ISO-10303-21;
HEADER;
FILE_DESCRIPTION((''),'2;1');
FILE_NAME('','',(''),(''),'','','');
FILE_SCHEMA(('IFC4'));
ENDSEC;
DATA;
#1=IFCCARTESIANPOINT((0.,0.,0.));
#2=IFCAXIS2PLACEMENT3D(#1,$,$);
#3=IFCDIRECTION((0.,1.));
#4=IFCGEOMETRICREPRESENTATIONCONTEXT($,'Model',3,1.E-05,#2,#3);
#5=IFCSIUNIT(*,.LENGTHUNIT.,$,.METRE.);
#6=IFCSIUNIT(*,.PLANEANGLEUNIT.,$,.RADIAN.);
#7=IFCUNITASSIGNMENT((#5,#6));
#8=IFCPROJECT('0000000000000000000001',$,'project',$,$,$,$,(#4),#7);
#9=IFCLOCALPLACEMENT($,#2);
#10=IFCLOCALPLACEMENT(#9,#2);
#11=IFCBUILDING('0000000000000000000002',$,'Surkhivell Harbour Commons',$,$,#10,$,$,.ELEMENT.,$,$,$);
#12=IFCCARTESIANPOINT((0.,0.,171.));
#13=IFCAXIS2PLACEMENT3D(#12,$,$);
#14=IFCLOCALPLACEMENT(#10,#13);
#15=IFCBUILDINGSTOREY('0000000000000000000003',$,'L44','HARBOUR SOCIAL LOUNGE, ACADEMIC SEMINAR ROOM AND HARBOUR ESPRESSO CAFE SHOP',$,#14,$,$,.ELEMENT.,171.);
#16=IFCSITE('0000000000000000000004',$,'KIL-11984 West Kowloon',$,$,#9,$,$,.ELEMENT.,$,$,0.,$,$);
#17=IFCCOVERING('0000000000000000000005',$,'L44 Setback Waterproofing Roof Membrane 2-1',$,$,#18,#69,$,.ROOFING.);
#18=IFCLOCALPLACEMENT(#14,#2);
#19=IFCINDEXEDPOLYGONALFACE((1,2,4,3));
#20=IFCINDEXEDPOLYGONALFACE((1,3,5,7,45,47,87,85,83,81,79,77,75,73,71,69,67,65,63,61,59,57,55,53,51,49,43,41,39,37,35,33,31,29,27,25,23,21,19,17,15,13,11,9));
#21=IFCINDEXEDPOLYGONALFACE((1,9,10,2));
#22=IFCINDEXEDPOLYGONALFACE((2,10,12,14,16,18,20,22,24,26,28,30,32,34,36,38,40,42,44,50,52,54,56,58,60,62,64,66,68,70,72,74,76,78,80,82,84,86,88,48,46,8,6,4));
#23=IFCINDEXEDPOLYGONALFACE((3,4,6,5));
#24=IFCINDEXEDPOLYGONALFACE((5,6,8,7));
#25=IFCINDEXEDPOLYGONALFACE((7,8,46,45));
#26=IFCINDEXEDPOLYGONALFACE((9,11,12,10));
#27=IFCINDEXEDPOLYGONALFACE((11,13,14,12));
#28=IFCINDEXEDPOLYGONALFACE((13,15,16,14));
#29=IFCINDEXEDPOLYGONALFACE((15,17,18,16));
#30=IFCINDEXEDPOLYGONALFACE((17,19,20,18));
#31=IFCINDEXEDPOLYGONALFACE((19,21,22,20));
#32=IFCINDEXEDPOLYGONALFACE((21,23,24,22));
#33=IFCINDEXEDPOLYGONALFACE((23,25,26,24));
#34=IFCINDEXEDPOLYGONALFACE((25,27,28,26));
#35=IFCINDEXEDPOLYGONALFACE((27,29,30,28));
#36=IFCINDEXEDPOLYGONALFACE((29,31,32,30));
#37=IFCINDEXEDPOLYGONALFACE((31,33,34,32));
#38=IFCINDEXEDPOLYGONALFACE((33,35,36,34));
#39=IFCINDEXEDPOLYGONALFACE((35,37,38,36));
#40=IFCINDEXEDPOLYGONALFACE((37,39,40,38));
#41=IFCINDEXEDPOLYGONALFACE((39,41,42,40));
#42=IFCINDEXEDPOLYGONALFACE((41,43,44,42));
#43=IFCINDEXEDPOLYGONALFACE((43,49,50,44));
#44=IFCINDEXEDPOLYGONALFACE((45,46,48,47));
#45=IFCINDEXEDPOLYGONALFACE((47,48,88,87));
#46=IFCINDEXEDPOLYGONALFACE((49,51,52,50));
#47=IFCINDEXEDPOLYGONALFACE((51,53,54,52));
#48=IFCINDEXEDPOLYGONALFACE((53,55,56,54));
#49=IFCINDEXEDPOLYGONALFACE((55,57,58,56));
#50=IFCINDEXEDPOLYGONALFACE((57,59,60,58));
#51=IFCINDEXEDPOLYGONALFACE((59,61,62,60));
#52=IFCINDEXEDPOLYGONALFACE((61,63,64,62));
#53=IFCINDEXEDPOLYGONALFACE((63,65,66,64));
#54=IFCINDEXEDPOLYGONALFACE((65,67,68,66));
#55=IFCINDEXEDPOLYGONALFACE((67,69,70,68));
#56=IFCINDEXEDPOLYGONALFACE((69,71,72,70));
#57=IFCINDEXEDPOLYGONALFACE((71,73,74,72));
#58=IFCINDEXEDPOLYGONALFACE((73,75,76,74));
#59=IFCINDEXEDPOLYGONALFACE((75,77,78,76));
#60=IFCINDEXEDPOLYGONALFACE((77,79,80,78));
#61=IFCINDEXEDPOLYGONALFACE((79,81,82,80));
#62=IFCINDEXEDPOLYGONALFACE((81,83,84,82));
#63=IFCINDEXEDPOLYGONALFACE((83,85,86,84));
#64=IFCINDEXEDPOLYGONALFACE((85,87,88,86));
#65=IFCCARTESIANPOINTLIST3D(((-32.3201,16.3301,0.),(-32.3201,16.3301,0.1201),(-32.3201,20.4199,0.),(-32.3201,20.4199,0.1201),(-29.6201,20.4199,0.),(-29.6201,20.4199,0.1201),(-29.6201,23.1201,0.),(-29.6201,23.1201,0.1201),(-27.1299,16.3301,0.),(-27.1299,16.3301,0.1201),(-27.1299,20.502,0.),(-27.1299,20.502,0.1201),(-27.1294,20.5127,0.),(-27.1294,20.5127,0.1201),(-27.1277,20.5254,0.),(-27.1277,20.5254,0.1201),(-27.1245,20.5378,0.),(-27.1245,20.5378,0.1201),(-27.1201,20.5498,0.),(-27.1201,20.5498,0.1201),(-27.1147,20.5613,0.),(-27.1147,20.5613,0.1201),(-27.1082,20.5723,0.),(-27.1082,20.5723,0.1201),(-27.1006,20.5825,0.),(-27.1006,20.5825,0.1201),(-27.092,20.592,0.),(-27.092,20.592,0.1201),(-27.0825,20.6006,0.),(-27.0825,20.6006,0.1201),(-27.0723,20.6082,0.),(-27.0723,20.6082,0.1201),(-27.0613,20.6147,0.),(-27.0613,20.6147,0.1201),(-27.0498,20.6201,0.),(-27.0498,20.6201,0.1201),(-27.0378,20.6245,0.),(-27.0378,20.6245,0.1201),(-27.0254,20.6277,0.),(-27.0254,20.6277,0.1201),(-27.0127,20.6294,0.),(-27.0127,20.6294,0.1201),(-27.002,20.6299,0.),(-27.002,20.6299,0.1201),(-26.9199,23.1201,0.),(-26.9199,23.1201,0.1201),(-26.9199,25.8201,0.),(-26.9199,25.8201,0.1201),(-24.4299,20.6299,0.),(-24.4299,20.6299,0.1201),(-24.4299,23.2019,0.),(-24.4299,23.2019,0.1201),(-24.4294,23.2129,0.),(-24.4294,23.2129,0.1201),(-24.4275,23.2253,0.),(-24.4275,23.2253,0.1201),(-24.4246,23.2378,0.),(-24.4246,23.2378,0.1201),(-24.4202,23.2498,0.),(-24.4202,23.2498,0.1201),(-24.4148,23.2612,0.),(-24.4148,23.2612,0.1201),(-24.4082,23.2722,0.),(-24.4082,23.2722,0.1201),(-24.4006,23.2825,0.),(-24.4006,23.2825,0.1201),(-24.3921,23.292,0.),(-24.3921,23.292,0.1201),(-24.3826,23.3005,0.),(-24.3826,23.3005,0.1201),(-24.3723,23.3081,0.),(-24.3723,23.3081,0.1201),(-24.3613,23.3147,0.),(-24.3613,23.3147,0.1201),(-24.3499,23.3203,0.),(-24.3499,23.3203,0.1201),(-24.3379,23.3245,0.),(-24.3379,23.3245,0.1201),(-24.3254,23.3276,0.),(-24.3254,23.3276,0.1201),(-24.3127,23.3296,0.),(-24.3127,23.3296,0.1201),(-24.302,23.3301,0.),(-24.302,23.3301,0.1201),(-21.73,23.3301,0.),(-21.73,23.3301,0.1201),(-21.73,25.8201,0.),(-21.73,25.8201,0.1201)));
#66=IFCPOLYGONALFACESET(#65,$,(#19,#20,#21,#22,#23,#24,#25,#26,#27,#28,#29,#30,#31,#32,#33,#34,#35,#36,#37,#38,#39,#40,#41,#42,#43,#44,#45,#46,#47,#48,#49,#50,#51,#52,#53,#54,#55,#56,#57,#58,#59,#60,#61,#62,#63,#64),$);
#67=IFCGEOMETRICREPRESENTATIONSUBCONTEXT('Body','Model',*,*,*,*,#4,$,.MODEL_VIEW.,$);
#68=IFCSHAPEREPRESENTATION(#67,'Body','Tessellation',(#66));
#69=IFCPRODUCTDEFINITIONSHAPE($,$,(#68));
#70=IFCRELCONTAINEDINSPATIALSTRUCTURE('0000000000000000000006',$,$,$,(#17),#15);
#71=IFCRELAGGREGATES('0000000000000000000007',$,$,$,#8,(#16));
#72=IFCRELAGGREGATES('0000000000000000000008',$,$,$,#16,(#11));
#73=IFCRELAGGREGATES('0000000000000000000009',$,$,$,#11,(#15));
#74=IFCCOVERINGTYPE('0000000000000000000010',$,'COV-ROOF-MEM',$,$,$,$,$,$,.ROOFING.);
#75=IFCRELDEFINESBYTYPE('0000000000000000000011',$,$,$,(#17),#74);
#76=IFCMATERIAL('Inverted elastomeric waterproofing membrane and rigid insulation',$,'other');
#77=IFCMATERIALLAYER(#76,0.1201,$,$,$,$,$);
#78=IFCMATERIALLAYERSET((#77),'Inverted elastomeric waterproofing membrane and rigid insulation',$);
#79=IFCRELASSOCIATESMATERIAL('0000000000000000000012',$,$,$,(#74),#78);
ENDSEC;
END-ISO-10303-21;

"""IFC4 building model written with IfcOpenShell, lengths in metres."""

from ifc_helpers import new_model, si_unit, direction, frame, origin, place, context, subcontext, project, spatial, polyline, outline, extrude, material, layer, layer_set, type_object, element, save


model = new_model("IFC4")

# Units and contexts
model_context = context("Model", 3, precision=1e-05, world=origin(), true_north=direction((0.0, 1.0)))
body_context = subcontext(model_context, "Body", "Model", "MODEL_VIEW")
ifc_project = project(units=[si_unit("LENGTHUNIT", "METRE"), si_unit("PLANEANGLEUNIT", "RADIAN")], contexts=[model_context])

# Site, building, storey
site_placement = place(None, origin())
site = spatial("IfcSite", under=ifc_project, at=site_placement, Name="KIL-11984 West Kowloon", CompositionType="ELEMENT", RefElevation=0.0)
building_placement = place(site_placement, origin())
building = spatial("IfcBuilding", under=site, at=building_placement, Name="Surkhivell Harbour Commons", CompositionType="ELEMENT")
storey_placement = place(building_placement, frame((0.0, 0.0, 171.0)))
storey = spatial("IfcBuildingStorey", under=building, at=storey_placement, Name="L44", Description="HARBOUR SOCIAL LOUNGE, ACADEMIC SEMINAR ROOM AND HARBOUR ESPRESSO CAFE SHOP", CompositionType="ELEMENT", Elevation=171.0)

# Covering
ifc_material_1 = material(Name="Inverted elastomeric waterproofing membrane and rigid insulation", Category="other")
ifc_layer_1 = layer(ifc_material_1, 0.1201)
ifc_layer_set_1 = layer_set([ifc_layer_1], Name="Inverted elastomeric waterproofing membrane and rigid insulation")
covering_type_1 = type_object("IfcCoveringType", Name="COV-ROOF-MEM", PredefinedType="ROOFING", material=ifc_layer_set_1)
covering_1_placement = place(storey_placement, origin())
element("IfcCovering", 1, at=covering_1_placement, inside=storey, type_object=covering_type_1, Name="L44 Setback Waterproofing Roof Membrane 2-1", PredefinedType="ROOFING", context=body_context, shape_type="SweptSolid", body=[
    extrude(outline(polyline([(-32.3201, 16.3301), (-27.1299, 16.3301), (-27.1299, 20.502), (-27.1294, 20.5127), (-27.1277, 20.5254), (-27.1245, 20.5378), (-27.1201, 20.5498), (-27.1147, 20.5613), (-27.1082, 20.5723), (-27.1006, 20.5825), (-27.092, 20.592), (-27.0825, 20.6006), (-27.0723, 20.6082), (-27.0613, 20.6147), (-27.0498, 20.6201), (-27.0378, 20.6245), (-27.0254, 20.6277), (-27.0127, 20.6294), (-27.002, 20.6299), (-24.4299, 20.6299), (-24.4299, 23.2019), (-24.4294, 23.2129), (-24.4275, 23.2253), (-24.4246, 23.2378), (-24.4202, 23.2498), (-24.4148, 23.2612), (-24.4082, 23.2722), (-24.4006, 23.2825), (-24.3921, 23.292), (-24.3826, 23.3005), (-24.3723, 23.3081), (-24.3613, 23.3147), (-24.3499, 23.3203), (-24.3379, 23.3245), (-24.3254, 23.3276), (-24.3127, 23.3296), (-24.302, 23.3301), (-21.73, 23.3301), (-21.73, 25.8201), (-26.9199, 25.8201), (-26.9199, 23.1201), (-29.6201, 23.1201), (-29.6201, 20.4199), (-32.3201, 20.4199), (-32.3201, 16.3301)])), origin(), (0.0, 0.0, 1.0), 0.1201),
])

save(model, "model.ifc")
